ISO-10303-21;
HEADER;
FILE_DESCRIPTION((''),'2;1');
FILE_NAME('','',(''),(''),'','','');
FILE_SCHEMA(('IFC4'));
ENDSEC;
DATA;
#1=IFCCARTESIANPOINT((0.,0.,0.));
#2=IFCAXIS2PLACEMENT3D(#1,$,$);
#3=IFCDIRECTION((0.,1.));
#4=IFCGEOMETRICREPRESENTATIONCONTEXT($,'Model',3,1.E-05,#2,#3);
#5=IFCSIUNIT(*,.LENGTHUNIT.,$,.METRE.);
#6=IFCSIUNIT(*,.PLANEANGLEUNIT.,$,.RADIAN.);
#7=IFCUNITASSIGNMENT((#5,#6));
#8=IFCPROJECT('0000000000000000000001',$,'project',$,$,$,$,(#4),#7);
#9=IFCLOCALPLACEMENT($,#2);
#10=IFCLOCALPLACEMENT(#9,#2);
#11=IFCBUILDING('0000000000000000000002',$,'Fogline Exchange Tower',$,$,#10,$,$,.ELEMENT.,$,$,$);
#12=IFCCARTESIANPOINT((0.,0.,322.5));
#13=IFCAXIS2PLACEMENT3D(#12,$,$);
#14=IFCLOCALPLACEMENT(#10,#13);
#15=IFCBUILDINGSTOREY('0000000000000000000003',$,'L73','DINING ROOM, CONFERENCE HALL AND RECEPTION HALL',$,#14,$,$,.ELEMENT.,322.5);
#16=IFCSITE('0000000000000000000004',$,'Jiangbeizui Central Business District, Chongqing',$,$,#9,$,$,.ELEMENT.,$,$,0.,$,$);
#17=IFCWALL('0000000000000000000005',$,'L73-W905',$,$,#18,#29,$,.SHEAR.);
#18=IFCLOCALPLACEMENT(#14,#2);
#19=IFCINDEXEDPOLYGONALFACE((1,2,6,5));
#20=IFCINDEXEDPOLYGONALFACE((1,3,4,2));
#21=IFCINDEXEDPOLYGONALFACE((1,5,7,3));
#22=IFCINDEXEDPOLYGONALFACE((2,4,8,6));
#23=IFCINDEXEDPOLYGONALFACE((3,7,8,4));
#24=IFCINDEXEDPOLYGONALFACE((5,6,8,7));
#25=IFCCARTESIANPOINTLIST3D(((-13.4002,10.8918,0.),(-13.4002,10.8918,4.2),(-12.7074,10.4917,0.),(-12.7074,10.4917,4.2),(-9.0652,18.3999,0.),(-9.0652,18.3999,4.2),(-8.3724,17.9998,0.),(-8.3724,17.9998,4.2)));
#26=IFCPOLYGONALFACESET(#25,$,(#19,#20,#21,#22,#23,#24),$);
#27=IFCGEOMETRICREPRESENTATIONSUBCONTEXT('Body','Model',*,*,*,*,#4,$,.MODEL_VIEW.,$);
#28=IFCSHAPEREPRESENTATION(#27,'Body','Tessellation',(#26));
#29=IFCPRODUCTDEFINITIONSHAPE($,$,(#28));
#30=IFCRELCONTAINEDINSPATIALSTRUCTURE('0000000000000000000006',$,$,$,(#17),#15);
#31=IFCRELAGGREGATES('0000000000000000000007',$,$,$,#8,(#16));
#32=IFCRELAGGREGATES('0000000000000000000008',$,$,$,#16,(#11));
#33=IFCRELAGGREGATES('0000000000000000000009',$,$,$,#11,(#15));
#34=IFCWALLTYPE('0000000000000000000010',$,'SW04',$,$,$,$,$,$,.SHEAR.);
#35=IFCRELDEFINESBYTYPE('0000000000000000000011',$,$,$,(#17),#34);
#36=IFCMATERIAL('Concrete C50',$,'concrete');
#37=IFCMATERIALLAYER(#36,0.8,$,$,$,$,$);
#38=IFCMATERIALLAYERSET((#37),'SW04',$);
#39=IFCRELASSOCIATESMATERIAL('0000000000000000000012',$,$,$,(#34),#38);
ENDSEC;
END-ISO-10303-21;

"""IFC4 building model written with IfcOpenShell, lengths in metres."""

from ifc_helpers import new_model, si_unit, direction, frame, frame_2d, origin, place, context, subcontext, project, spatial, rectangle, extrude, material, layer, layer_set, type_object, element, save


model = new_model("IFC4")

# Units and contexts
model_context = context("Model", 3, precision=1e-05, world=origin(), true_north=direction((0.0, 1.0)))
body_context = subcontext(model_context, "Body", "Model", "MODEL_VIEW")
ifc_project = project(units=[si_unit("LENGTHUNIT", "METRE"), si_unit("PLANEANGLEUNIT", "RADIAN")], contexts=[model_context])

# Site, building, storey
site_placement = place(None, origin())
site = spatial("IfcSite", under=ifc_project, at=site_placement, Name="Jiangbeizui Central Business District, Chongqing", CompositionType="ELEMENT", RefElevation=0.0)
building_placement = place(site_placement, origin())
building = spatial("IfcBuilding", under=site, at=building_placement, Name="Fogline Exchange Tower", CompositionType="ELEMENT")
storey_placement = place(building_placement, frame((0.0, 0.0, 322.5)))
storey = spatial("IfcBuildingStorey", under=building, at=storey_placement, Name="L73", Description="DINING ROOM, CONFERENCE HALL AND RECEPTION HALL", CompositionType="ELEMENT", Elevation=322.5)

# Wall
ifc_material_1 = material(Name="Concrete C50", Category="concrete")
ifc_layer_1 = layer(ifc_material_1, 0.8)
ifc_layer_set_1 = layer_set([ifc_layer_1], Name="SW04")
wall_type_1 = type_object("IfcWallType", Name="SW04", PredefinedType="SHEAR", material=ifc_layer_set_1)
wall_1_placement = place(storey_placement, frame((-8.7188, 18.2, 0.0), z_axis=(0.0, 0.0, 1.0), x_axis=(-0.500016, -0.866016, 0.0)))
element("IfcWall", 1, at=wall_1_placement, inside=storey, type_object=wall_type_1, Name="L73-W905", PredefinedType="SHEAR", context=body_context, shape_type="SweptSolid", body=[
    extrude(rectangle(XDim=8.6697, YDim=0.8, at=frame_2d((4.335, 0.0))), origin(), (0.0, 0.0, 1.0), 4.2),
])

save(model, "model.ifc")
